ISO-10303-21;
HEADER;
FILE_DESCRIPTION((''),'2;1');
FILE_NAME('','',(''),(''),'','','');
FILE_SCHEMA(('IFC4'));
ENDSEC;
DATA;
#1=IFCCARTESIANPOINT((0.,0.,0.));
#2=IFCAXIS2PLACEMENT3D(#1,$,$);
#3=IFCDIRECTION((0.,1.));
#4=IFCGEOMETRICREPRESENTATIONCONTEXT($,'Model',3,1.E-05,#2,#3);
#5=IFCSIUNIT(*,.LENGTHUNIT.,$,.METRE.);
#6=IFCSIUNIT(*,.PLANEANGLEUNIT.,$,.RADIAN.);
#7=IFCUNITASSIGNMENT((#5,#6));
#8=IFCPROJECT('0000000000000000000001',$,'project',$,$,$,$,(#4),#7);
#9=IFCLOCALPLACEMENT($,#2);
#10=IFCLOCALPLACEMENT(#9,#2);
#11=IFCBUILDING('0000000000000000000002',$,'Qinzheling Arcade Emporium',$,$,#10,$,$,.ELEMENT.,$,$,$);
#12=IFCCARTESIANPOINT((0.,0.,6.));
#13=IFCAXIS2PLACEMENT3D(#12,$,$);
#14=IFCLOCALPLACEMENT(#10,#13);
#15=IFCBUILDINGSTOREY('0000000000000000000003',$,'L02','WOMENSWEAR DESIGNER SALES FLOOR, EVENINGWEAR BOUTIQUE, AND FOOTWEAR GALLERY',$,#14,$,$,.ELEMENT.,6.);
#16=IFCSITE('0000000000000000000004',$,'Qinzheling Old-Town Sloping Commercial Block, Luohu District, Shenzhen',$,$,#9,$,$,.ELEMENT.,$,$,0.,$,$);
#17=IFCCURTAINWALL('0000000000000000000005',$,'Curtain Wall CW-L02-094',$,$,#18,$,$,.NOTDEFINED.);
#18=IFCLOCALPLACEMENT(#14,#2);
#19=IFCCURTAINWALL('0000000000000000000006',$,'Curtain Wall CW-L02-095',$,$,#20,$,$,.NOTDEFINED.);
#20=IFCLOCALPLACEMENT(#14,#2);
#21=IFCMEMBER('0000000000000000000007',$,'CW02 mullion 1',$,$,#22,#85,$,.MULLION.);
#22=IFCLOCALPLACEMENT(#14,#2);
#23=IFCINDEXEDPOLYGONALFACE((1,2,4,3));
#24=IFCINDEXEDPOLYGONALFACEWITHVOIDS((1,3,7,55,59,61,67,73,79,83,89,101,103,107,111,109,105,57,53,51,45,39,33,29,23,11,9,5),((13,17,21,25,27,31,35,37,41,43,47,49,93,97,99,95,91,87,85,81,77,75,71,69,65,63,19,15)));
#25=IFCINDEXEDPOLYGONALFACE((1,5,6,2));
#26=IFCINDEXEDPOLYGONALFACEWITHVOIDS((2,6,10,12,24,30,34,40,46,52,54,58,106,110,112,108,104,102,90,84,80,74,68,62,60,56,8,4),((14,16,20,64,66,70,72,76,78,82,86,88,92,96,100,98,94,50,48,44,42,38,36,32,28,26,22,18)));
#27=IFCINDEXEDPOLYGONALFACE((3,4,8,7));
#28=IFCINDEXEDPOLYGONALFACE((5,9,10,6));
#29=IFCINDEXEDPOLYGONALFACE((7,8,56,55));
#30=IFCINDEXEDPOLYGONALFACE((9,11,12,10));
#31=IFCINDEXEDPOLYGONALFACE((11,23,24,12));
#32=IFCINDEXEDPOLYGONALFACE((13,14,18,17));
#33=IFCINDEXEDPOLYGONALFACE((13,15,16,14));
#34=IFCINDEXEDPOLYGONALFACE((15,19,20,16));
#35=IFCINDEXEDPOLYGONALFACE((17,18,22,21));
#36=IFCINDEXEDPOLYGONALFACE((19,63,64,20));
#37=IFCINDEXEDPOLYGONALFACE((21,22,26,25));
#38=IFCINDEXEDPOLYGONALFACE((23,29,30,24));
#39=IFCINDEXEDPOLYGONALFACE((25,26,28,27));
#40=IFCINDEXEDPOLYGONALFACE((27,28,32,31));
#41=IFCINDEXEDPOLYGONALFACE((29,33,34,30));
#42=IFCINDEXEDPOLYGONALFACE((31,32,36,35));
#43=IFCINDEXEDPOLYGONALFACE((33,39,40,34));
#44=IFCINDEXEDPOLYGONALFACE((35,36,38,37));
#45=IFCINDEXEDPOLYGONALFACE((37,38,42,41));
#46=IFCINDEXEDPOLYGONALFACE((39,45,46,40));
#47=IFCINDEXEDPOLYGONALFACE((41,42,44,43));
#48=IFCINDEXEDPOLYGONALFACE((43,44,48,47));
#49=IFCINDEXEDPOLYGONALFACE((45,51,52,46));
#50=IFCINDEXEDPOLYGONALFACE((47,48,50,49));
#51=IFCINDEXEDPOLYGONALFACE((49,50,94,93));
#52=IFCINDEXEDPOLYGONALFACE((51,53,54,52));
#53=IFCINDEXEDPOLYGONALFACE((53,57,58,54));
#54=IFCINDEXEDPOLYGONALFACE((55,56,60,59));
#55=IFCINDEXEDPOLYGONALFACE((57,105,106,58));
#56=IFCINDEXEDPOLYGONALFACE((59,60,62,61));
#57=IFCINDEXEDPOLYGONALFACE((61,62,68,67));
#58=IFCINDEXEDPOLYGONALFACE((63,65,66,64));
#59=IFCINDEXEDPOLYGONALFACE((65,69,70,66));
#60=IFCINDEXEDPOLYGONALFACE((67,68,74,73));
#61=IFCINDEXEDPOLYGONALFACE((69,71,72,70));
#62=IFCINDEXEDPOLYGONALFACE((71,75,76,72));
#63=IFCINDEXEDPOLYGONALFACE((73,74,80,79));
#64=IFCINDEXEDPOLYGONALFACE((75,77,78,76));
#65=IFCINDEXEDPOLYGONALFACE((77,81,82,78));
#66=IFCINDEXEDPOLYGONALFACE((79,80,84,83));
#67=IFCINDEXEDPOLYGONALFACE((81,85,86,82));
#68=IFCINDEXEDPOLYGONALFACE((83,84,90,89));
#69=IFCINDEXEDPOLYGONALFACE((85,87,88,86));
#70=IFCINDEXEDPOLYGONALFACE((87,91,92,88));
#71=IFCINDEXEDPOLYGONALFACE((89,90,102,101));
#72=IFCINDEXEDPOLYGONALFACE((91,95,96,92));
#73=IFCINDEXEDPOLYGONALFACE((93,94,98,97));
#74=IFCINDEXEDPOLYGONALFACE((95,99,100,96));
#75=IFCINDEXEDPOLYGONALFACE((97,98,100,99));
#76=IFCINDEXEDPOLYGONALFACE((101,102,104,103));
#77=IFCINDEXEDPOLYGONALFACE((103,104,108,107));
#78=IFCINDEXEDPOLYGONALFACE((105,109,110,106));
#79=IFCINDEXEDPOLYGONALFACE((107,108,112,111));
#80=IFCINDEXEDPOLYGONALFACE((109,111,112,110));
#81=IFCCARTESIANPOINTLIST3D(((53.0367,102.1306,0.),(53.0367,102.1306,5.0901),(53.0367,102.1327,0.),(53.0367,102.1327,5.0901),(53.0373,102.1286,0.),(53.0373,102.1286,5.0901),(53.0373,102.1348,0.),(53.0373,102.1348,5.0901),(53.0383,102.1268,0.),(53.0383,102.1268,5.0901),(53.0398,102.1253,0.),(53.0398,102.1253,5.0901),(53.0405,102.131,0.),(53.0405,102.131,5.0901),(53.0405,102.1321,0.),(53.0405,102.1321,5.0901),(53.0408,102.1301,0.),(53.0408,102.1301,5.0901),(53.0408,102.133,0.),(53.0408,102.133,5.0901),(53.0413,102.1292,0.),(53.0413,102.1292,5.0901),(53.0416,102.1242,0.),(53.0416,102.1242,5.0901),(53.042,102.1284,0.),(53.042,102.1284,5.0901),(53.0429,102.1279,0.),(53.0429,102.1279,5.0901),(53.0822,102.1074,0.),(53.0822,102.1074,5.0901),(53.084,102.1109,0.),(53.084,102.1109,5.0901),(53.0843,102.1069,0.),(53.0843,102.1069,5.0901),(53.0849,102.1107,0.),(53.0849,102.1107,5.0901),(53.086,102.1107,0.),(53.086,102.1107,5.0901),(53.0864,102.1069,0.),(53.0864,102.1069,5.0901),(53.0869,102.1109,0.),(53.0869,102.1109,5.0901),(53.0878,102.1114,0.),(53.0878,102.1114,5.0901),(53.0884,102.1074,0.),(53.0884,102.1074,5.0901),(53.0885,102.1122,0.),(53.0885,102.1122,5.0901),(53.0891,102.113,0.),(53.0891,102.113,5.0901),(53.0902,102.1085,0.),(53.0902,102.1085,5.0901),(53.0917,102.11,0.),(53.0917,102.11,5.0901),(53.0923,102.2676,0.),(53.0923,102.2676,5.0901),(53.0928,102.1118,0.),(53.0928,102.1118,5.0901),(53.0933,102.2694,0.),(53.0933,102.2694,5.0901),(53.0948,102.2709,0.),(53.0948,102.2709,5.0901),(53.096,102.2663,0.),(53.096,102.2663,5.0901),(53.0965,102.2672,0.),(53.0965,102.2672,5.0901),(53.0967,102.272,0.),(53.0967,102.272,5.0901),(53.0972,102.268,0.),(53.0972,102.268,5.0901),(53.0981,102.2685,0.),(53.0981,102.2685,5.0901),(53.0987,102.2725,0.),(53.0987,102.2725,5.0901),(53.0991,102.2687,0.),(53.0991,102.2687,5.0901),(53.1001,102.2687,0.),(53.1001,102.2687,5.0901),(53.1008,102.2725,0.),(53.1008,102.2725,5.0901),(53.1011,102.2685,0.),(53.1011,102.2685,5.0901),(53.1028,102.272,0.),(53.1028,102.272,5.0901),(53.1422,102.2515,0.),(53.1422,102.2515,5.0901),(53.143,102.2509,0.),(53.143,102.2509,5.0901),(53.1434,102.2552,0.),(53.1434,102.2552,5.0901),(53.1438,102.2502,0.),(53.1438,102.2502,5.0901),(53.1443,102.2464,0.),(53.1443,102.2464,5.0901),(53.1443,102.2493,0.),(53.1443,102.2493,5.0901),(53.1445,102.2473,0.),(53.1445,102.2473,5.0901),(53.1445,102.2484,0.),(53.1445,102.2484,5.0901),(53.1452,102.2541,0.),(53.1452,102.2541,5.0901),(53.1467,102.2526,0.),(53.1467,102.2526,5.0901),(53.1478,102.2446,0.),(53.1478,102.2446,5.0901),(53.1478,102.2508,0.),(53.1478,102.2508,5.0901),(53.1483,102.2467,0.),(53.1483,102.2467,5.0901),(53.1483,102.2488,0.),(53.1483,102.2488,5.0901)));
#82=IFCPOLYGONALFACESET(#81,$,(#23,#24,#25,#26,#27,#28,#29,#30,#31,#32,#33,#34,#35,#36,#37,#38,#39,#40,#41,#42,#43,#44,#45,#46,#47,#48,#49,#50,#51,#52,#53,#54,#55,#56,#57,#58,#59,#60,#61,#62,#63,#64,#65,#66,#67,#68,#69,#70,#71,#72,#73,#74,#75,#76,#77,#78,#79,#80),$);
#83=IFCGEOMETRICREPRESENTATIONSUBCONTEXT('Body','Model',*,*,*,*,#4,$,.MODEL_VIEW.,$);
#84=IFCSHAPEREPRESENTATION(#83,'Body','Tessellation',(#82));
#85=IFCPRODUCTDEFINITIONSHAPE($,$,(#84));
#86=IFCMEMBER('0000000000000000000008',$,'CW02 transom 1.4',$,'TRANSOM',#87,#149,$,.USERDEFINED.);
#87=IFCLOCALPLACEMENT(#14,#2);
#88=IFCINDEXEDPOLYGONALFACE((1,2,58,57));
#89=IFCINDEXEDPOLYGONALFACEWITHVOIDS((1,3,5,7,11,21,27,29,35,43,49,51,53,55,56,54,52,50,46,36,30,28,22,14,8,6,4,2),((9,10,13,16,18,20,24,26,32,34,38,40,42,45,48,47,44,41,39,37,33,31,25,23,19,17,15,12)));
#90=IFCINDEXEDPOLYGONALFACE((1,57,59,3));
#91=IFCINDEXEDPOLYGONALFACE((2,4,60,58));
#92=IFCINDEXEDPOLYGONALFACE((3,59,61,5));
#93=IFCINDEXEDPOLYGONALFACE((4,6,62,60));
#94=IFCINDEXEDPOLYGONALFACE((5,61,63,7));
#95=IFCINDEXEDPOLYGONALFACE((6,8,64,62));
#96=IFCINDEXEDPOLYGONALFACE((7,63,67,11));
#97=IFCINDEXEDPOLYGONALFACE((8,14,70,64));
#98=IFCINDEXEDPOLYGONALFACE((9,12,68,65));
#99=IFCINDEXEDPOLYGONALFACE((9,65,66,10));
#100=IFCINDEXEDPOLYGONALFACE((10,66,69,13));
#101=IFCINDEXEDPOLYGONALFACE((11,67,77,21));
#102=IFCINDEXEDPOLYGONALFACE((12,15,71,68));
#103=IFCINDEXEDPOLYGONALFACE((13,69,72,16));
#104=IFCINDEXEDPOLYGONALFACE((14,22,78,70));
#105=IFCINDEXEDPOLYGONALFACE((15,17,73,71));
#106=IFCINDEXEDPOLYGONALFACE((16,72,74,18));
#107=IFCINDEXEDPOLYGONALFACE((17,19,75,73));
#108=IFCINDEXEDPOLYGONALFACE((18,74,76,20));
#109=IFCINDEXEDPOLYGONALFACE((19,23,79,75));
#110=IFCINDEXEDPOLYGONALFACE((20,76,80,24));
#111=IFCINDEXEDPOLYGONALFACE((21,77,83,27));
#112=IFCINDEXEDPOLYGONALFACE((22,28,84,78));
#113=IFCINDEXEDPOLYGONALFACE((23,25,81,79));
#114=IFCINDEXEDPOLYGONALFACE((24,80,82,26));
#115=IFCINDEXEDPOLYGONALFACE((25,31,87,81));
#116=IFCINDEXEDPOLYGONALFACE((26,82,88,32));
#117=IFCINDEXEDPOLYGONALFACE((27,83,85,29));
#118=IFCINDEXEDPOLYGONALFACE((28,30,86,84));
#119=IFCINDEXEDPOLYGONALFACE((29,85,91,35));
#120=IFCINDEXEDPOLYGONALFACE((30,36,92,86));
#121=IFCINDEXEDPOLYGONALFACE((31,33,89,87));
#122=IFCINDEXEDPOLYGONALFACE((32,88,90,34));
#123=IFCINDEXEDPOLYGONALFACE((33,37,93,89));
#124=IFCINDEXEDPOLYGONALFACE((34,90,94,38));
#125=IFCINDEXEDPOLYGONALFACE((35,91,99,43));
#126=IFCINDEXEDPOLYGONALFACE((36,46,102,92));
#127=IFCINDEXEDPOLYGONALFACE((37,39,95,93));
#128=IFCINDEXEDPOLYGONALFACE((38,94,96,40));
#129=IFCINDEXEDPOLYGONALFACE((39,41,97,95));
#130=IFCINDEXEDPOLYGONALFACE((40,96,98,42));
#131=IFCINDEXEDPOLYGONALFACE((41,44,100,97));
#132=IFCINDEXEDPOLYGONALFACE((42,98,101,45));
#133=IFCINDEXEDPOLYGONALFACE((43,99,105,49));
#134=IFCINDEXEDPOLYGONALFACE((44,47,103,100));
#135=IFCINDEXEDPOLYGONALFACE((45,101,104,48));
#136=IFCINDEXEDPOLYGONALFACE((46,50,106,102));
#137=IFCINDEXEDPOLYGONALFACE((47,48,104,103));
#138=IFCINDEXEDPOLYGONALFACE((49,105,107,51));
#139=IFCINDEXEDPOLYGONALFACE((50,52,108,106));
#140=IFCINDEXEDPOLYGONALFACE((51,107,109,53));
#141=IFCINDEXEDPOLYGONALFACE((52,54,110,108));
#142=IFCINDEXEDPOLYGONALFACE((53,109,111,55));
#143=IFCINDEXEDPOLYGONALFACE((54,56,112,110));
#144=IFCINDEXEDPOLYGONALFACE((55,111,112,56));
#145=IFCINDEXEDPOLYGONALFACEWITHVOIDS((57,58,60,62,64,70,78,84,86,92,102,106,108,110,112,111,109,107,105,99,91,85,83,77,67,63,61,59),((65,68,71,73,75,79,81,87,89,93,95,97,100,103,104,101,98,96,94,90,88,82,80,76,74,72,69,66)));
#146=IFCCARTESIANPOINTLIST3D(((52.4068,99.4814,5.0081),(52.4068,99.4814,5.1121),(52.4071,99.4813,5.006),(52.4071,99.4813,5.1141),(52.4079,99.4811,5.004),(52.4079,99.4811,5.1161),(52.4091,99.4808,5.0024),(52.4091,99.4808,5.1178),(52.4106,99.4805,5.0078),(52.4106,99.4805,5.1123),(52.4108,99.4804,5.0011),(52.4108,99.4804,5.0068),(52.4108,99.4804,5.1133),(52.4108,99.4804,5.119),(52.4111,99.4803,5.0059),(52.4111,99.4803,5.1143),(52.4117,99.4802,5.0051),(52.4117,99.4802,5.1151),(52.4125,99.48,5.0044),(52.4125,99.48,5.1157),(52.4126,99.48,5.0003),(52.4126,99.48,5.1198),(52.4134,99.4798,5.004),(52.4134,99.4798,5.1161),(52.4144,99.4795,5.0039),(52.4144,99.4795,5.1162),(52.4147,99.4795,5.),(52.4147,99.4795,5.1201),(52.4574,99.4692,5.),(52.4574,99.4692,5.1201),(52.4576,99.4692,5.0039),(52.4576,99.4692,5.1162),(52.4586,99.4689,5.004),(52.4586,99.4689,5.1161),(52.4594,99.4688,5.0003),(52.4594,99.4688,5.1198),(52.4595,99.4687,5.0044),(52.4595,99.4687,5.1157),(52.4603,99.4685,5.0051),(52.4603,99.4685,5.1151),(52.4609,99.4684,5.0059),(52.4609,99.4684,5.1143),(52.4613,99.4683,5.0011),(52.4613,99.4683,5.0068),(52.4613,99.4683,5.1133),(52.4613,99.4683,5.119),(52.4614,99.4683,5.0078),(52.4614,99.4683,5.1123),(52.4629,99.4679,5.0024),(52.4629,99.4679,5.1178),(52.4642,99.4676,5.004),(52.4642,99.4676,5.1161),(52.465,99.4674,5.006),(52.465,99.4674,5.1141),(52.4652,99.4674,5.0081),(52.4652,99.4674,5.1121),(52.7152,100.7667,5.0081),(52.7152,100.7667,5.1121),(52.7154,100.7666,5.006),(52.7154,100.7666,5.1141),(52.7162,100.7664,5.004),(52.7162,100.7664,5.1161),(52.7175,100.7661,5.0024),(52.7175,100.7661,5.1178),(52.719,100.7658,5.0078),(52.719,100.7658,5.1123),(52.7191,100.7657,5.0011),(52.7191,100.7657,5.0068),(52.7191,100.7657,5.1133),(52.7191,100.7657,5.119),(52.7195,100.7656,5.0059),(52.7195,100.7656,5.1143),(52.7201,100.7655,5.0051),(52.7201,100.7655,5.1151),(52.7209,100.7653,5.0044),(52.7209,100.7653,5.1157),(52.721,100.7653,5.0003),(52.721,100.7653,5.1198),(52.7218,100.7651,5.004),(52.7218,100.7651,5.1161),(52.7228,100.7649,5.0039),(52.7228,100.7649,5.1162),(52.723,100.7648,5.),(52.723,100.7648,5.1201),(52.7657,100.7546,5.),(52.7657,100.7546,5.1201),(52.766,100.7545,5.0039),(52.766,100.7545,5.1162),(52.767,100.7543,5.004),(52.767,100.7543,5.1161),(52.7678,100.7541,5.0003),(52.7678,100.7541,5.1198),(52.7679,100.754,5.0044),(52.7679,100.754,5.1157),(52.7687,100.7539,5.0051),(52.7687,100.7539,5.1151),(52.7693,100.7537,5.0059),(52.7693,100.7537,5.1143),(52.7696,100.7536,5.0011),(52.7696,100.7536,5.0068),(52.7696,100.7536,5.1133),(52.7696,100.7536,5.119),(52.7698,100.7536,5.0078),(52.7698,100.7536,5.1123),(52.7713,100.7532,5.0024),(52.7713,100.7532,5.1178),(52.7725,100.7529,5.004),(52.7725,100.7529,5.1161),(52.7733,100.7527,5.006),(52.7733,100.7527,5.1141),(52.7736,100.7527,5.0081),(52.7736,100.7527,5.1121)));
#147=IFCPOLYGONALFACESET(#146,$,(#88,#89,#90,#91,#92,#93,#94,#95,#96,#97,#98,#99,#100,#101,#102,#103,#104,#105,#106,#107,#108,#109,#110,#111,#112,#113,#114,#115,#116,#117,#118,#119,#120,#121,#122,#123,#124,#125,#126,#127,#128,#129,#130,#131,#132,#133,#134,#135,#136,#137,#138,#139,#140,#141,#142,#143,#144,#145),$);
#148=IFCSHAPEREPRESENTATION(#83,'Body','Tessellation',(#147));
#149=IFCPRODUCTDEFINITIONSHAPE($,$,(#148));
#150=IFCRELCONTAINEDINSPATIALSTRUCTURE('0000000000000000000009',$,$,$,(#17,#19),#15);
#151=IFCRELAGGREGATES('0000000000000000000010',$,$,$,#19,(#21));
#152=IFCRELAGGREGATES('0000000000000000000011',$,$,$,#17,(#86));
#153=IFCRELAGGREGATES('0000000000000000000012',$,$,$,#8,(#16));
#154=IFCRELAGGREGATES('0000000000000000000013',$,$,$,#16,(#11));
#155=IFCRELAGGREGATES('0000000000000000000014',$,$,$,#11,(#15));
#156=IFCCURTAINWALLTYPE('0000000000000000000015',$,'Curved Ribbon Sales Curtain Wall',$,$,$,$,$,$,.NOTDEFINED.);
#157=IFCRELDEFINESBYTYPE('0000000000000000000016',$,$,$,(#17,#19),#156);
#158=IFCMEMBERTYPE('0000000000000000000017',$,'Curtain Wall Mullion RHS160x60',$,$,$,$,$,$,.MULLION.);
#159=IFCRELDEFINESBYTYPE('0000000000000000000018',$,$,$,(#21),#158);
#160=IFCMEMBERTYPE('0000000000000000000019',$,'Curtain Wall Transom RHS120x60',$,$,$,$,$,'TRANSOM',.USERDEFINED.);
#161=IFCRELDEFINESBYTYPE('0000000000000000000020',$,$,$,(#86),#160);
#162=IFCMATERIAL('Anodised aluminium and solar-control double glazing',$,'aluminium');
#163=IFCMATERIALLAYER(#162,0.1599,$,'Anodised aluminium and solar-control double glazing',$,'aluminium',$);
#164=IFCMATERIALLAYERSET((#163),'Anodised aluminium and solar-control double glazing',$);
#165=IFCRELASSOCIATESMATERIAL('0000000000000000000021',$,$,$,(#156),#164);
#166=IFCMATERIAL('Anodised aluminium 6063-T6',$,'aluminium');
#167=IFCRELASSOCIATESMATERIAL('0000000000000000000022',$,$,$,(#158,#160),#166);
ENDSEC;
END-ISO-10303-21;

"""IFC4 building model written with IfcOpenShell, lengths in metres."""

from ifc_helpers import new_model, si_unit, direction, frame, origin, origin_2d, place, context, subcontext, project, spatial, hollow_rectangle, extrude, material, layer, layer_set, material_profile, profile_set, type_object, element, aggregate, save


model = new_model("IFC4")

# Units and contexts
model_context = context("Model", 3, precision=1e-05, world=origin(), true_north=direction((0.0, 1.0)))
body_context = subcontext(model_context, "Body", "Model", "MODEL_VIEW")
ifc_project = project(units=[si_unit("LENGTHUNIT", "METRE"), si_unit("PLANEANGLEUNIT", "RADIAN")], contexts=[model_context])

# Site, building, storey
site_placement = place(None, origin())
site = spatial("IfcSite", under=ifc_project, at=site_placement, Name="Qinzheling Old-Town Sloping Commercial Block, Luohu District, Shenzhen", CompositionType="ELEMENT", RefElevation=0.0)
building_placement = place(site_placement, origin())
building = spatial("IfcBuilding", under=site, at=building_placement, Name="Qinzheling Arcade Emporium", CompositionType="ELEMENT")
storey_placement = place(building_placement, frame((0.0, 0.0, 6.0)))
storey = spatial("IfcBuildingStorey", under=building, at=storey_placement, Name="L02", Description="WOMENSWEAR DESIGNER SALES FLOOR, EVENINGWEAR BOUTIQUE, AND FOOTWEAR GALLERY", CompositionType="ELEMENT", Elevation=6.0)

# Curtain wall
ifc_material_1 = material(Name="Anodised aluminium and solar-control double glazing", Category="aluminium")
ifc_layer_1 = layer(ifc_material_1, 0.1599, Name="Anodised aluminium and solar-control double glazing", Category="aluminium")
ifc_layer_set_1 = layer_set([ifc_layer_1], Name="Anodised aluminium and solar-control double glazing")
curtain_wall_type = type_object("IfcCurtainWallType", Name="Curved Ribbon Sales Curtain Wall", PredefinedType="NOTDEFINED", material=ifc_layer_set_1)
curtain_wall_1_placement = place(storey_placement, origin())
curtain_wall_1 = element("IfcCurtainWall", 1, at=curtain_wall_1_placement, inside=storey, type_object=curtain_wall_type, Name="Curtain Wall CW-L02-094", PredefinedType="NOTDEFINED")
ifc_material_2 = material(Name="Anodised aluminium 6063-T6", Category="aluminium")
ifc_material_profile_1 = material_profile(ifc_material_2, hollow_rectangle(XDim=0.0601, YDim=0.1599, WallThickness=0.0039, InnerFilletRadius=0.0039, OuterFilletRadius=0.0081, at=origin_2d()), Name="RHS 160x60x4", Category="aluminium")
ifc_profile_set_1 = profile_set([ifc_material_profile_1], Name="Anodised aluminium 6063-T6")
member_type_1 = type_object("IfcMemberType", Name="Curtain Wall Mullion RHS160x60", PredefinedType="MULLION", material=ifc_profile_set_1)

# Curtain wall, member
curtain_wall_2_placement = place(storey_placement, origin())
curtain_wall_2 = element("IfcCurtainWall", 2, at=curtain_wall_2_placement, inside=storey, type_object=curtain_wall_type, Name="Curtain Wall CW-L02-095", PredefinedType="NOTDEFINED")
member_1_placement = place(storey_placement, frame((53.0925, 102.1897, 0.0), z_axis=(0.0, 0.0, 1.0), x_axis=(-0.923892, 0.382654, 0.0)))
member_1 = element("IfcMember", 3, at=member_1_placement, type_object=member_type_1, Name="CW02 mullion 1", PredefinedType="MULLION", context=body_context, shape_type="SweptSolid", body=[
    extrude(hollow_rectangle(XDim=0.0601, YDim=0.1599, WallThickness=0.0039, InnerFilletRadius=0.0039, OuterFilletRadius=0.0081, at=origin_2d()), origin(), (0.0, 0.0, 1.0), 5.0901),
])

# Member
ifc_material_profile_2 = material_profile(ifc_material_2, hollow_rectangle(XDim=0.0601, YDim=0.1201, WallThickness=0.0039, InnerFilletRadius=0.0039, OuterFilletRadius=0.0081, at=origin_2d()), Name="RHS 120x60x4", Category="aluminium")
ifc_profile_set_2 = profile_set([ifc_material_profile_2], Name="Anodised aluminium 6063-T6")
member_type_2 = type_object("IfcMemberType", Name="Curtain Wall Transom RHS120x60", ElementType="TRANSOM", PredefinedType="USERDEFINED", material=ifc_profile_set_2)
member_2_placement = place(storey_placement, frame((52.436, 99.4744, 5.0601), z_axis=(0.233268, 0.972412, 0.0), x_axis=(-0.972412, 0.233268, 0.0)))
member_2 = element("IfcMember", 4, at=member_2_placement, type_object=member_type_2, Name="CW02 transom 1.4", ObjectType="TRANSOM", PredefinedType="USERDEFINED", context=body_context, shape_type="SweptSolid", body=[
    extrude(hollow_rectangle(XDim=0.0601, YDim=0.1201, WallThickness=0.0039, InnerFilletRadius=0.0039, OuterFilletRadius=0.0081, at=origin_2d()), origin(), (0.0, 0.0, 1.0), 1.3218),
])

aggregate(curtain_wall_2, [member_1])
aggregate(curtain_wall_1, [member_2])

save(model, "model.ifc")
